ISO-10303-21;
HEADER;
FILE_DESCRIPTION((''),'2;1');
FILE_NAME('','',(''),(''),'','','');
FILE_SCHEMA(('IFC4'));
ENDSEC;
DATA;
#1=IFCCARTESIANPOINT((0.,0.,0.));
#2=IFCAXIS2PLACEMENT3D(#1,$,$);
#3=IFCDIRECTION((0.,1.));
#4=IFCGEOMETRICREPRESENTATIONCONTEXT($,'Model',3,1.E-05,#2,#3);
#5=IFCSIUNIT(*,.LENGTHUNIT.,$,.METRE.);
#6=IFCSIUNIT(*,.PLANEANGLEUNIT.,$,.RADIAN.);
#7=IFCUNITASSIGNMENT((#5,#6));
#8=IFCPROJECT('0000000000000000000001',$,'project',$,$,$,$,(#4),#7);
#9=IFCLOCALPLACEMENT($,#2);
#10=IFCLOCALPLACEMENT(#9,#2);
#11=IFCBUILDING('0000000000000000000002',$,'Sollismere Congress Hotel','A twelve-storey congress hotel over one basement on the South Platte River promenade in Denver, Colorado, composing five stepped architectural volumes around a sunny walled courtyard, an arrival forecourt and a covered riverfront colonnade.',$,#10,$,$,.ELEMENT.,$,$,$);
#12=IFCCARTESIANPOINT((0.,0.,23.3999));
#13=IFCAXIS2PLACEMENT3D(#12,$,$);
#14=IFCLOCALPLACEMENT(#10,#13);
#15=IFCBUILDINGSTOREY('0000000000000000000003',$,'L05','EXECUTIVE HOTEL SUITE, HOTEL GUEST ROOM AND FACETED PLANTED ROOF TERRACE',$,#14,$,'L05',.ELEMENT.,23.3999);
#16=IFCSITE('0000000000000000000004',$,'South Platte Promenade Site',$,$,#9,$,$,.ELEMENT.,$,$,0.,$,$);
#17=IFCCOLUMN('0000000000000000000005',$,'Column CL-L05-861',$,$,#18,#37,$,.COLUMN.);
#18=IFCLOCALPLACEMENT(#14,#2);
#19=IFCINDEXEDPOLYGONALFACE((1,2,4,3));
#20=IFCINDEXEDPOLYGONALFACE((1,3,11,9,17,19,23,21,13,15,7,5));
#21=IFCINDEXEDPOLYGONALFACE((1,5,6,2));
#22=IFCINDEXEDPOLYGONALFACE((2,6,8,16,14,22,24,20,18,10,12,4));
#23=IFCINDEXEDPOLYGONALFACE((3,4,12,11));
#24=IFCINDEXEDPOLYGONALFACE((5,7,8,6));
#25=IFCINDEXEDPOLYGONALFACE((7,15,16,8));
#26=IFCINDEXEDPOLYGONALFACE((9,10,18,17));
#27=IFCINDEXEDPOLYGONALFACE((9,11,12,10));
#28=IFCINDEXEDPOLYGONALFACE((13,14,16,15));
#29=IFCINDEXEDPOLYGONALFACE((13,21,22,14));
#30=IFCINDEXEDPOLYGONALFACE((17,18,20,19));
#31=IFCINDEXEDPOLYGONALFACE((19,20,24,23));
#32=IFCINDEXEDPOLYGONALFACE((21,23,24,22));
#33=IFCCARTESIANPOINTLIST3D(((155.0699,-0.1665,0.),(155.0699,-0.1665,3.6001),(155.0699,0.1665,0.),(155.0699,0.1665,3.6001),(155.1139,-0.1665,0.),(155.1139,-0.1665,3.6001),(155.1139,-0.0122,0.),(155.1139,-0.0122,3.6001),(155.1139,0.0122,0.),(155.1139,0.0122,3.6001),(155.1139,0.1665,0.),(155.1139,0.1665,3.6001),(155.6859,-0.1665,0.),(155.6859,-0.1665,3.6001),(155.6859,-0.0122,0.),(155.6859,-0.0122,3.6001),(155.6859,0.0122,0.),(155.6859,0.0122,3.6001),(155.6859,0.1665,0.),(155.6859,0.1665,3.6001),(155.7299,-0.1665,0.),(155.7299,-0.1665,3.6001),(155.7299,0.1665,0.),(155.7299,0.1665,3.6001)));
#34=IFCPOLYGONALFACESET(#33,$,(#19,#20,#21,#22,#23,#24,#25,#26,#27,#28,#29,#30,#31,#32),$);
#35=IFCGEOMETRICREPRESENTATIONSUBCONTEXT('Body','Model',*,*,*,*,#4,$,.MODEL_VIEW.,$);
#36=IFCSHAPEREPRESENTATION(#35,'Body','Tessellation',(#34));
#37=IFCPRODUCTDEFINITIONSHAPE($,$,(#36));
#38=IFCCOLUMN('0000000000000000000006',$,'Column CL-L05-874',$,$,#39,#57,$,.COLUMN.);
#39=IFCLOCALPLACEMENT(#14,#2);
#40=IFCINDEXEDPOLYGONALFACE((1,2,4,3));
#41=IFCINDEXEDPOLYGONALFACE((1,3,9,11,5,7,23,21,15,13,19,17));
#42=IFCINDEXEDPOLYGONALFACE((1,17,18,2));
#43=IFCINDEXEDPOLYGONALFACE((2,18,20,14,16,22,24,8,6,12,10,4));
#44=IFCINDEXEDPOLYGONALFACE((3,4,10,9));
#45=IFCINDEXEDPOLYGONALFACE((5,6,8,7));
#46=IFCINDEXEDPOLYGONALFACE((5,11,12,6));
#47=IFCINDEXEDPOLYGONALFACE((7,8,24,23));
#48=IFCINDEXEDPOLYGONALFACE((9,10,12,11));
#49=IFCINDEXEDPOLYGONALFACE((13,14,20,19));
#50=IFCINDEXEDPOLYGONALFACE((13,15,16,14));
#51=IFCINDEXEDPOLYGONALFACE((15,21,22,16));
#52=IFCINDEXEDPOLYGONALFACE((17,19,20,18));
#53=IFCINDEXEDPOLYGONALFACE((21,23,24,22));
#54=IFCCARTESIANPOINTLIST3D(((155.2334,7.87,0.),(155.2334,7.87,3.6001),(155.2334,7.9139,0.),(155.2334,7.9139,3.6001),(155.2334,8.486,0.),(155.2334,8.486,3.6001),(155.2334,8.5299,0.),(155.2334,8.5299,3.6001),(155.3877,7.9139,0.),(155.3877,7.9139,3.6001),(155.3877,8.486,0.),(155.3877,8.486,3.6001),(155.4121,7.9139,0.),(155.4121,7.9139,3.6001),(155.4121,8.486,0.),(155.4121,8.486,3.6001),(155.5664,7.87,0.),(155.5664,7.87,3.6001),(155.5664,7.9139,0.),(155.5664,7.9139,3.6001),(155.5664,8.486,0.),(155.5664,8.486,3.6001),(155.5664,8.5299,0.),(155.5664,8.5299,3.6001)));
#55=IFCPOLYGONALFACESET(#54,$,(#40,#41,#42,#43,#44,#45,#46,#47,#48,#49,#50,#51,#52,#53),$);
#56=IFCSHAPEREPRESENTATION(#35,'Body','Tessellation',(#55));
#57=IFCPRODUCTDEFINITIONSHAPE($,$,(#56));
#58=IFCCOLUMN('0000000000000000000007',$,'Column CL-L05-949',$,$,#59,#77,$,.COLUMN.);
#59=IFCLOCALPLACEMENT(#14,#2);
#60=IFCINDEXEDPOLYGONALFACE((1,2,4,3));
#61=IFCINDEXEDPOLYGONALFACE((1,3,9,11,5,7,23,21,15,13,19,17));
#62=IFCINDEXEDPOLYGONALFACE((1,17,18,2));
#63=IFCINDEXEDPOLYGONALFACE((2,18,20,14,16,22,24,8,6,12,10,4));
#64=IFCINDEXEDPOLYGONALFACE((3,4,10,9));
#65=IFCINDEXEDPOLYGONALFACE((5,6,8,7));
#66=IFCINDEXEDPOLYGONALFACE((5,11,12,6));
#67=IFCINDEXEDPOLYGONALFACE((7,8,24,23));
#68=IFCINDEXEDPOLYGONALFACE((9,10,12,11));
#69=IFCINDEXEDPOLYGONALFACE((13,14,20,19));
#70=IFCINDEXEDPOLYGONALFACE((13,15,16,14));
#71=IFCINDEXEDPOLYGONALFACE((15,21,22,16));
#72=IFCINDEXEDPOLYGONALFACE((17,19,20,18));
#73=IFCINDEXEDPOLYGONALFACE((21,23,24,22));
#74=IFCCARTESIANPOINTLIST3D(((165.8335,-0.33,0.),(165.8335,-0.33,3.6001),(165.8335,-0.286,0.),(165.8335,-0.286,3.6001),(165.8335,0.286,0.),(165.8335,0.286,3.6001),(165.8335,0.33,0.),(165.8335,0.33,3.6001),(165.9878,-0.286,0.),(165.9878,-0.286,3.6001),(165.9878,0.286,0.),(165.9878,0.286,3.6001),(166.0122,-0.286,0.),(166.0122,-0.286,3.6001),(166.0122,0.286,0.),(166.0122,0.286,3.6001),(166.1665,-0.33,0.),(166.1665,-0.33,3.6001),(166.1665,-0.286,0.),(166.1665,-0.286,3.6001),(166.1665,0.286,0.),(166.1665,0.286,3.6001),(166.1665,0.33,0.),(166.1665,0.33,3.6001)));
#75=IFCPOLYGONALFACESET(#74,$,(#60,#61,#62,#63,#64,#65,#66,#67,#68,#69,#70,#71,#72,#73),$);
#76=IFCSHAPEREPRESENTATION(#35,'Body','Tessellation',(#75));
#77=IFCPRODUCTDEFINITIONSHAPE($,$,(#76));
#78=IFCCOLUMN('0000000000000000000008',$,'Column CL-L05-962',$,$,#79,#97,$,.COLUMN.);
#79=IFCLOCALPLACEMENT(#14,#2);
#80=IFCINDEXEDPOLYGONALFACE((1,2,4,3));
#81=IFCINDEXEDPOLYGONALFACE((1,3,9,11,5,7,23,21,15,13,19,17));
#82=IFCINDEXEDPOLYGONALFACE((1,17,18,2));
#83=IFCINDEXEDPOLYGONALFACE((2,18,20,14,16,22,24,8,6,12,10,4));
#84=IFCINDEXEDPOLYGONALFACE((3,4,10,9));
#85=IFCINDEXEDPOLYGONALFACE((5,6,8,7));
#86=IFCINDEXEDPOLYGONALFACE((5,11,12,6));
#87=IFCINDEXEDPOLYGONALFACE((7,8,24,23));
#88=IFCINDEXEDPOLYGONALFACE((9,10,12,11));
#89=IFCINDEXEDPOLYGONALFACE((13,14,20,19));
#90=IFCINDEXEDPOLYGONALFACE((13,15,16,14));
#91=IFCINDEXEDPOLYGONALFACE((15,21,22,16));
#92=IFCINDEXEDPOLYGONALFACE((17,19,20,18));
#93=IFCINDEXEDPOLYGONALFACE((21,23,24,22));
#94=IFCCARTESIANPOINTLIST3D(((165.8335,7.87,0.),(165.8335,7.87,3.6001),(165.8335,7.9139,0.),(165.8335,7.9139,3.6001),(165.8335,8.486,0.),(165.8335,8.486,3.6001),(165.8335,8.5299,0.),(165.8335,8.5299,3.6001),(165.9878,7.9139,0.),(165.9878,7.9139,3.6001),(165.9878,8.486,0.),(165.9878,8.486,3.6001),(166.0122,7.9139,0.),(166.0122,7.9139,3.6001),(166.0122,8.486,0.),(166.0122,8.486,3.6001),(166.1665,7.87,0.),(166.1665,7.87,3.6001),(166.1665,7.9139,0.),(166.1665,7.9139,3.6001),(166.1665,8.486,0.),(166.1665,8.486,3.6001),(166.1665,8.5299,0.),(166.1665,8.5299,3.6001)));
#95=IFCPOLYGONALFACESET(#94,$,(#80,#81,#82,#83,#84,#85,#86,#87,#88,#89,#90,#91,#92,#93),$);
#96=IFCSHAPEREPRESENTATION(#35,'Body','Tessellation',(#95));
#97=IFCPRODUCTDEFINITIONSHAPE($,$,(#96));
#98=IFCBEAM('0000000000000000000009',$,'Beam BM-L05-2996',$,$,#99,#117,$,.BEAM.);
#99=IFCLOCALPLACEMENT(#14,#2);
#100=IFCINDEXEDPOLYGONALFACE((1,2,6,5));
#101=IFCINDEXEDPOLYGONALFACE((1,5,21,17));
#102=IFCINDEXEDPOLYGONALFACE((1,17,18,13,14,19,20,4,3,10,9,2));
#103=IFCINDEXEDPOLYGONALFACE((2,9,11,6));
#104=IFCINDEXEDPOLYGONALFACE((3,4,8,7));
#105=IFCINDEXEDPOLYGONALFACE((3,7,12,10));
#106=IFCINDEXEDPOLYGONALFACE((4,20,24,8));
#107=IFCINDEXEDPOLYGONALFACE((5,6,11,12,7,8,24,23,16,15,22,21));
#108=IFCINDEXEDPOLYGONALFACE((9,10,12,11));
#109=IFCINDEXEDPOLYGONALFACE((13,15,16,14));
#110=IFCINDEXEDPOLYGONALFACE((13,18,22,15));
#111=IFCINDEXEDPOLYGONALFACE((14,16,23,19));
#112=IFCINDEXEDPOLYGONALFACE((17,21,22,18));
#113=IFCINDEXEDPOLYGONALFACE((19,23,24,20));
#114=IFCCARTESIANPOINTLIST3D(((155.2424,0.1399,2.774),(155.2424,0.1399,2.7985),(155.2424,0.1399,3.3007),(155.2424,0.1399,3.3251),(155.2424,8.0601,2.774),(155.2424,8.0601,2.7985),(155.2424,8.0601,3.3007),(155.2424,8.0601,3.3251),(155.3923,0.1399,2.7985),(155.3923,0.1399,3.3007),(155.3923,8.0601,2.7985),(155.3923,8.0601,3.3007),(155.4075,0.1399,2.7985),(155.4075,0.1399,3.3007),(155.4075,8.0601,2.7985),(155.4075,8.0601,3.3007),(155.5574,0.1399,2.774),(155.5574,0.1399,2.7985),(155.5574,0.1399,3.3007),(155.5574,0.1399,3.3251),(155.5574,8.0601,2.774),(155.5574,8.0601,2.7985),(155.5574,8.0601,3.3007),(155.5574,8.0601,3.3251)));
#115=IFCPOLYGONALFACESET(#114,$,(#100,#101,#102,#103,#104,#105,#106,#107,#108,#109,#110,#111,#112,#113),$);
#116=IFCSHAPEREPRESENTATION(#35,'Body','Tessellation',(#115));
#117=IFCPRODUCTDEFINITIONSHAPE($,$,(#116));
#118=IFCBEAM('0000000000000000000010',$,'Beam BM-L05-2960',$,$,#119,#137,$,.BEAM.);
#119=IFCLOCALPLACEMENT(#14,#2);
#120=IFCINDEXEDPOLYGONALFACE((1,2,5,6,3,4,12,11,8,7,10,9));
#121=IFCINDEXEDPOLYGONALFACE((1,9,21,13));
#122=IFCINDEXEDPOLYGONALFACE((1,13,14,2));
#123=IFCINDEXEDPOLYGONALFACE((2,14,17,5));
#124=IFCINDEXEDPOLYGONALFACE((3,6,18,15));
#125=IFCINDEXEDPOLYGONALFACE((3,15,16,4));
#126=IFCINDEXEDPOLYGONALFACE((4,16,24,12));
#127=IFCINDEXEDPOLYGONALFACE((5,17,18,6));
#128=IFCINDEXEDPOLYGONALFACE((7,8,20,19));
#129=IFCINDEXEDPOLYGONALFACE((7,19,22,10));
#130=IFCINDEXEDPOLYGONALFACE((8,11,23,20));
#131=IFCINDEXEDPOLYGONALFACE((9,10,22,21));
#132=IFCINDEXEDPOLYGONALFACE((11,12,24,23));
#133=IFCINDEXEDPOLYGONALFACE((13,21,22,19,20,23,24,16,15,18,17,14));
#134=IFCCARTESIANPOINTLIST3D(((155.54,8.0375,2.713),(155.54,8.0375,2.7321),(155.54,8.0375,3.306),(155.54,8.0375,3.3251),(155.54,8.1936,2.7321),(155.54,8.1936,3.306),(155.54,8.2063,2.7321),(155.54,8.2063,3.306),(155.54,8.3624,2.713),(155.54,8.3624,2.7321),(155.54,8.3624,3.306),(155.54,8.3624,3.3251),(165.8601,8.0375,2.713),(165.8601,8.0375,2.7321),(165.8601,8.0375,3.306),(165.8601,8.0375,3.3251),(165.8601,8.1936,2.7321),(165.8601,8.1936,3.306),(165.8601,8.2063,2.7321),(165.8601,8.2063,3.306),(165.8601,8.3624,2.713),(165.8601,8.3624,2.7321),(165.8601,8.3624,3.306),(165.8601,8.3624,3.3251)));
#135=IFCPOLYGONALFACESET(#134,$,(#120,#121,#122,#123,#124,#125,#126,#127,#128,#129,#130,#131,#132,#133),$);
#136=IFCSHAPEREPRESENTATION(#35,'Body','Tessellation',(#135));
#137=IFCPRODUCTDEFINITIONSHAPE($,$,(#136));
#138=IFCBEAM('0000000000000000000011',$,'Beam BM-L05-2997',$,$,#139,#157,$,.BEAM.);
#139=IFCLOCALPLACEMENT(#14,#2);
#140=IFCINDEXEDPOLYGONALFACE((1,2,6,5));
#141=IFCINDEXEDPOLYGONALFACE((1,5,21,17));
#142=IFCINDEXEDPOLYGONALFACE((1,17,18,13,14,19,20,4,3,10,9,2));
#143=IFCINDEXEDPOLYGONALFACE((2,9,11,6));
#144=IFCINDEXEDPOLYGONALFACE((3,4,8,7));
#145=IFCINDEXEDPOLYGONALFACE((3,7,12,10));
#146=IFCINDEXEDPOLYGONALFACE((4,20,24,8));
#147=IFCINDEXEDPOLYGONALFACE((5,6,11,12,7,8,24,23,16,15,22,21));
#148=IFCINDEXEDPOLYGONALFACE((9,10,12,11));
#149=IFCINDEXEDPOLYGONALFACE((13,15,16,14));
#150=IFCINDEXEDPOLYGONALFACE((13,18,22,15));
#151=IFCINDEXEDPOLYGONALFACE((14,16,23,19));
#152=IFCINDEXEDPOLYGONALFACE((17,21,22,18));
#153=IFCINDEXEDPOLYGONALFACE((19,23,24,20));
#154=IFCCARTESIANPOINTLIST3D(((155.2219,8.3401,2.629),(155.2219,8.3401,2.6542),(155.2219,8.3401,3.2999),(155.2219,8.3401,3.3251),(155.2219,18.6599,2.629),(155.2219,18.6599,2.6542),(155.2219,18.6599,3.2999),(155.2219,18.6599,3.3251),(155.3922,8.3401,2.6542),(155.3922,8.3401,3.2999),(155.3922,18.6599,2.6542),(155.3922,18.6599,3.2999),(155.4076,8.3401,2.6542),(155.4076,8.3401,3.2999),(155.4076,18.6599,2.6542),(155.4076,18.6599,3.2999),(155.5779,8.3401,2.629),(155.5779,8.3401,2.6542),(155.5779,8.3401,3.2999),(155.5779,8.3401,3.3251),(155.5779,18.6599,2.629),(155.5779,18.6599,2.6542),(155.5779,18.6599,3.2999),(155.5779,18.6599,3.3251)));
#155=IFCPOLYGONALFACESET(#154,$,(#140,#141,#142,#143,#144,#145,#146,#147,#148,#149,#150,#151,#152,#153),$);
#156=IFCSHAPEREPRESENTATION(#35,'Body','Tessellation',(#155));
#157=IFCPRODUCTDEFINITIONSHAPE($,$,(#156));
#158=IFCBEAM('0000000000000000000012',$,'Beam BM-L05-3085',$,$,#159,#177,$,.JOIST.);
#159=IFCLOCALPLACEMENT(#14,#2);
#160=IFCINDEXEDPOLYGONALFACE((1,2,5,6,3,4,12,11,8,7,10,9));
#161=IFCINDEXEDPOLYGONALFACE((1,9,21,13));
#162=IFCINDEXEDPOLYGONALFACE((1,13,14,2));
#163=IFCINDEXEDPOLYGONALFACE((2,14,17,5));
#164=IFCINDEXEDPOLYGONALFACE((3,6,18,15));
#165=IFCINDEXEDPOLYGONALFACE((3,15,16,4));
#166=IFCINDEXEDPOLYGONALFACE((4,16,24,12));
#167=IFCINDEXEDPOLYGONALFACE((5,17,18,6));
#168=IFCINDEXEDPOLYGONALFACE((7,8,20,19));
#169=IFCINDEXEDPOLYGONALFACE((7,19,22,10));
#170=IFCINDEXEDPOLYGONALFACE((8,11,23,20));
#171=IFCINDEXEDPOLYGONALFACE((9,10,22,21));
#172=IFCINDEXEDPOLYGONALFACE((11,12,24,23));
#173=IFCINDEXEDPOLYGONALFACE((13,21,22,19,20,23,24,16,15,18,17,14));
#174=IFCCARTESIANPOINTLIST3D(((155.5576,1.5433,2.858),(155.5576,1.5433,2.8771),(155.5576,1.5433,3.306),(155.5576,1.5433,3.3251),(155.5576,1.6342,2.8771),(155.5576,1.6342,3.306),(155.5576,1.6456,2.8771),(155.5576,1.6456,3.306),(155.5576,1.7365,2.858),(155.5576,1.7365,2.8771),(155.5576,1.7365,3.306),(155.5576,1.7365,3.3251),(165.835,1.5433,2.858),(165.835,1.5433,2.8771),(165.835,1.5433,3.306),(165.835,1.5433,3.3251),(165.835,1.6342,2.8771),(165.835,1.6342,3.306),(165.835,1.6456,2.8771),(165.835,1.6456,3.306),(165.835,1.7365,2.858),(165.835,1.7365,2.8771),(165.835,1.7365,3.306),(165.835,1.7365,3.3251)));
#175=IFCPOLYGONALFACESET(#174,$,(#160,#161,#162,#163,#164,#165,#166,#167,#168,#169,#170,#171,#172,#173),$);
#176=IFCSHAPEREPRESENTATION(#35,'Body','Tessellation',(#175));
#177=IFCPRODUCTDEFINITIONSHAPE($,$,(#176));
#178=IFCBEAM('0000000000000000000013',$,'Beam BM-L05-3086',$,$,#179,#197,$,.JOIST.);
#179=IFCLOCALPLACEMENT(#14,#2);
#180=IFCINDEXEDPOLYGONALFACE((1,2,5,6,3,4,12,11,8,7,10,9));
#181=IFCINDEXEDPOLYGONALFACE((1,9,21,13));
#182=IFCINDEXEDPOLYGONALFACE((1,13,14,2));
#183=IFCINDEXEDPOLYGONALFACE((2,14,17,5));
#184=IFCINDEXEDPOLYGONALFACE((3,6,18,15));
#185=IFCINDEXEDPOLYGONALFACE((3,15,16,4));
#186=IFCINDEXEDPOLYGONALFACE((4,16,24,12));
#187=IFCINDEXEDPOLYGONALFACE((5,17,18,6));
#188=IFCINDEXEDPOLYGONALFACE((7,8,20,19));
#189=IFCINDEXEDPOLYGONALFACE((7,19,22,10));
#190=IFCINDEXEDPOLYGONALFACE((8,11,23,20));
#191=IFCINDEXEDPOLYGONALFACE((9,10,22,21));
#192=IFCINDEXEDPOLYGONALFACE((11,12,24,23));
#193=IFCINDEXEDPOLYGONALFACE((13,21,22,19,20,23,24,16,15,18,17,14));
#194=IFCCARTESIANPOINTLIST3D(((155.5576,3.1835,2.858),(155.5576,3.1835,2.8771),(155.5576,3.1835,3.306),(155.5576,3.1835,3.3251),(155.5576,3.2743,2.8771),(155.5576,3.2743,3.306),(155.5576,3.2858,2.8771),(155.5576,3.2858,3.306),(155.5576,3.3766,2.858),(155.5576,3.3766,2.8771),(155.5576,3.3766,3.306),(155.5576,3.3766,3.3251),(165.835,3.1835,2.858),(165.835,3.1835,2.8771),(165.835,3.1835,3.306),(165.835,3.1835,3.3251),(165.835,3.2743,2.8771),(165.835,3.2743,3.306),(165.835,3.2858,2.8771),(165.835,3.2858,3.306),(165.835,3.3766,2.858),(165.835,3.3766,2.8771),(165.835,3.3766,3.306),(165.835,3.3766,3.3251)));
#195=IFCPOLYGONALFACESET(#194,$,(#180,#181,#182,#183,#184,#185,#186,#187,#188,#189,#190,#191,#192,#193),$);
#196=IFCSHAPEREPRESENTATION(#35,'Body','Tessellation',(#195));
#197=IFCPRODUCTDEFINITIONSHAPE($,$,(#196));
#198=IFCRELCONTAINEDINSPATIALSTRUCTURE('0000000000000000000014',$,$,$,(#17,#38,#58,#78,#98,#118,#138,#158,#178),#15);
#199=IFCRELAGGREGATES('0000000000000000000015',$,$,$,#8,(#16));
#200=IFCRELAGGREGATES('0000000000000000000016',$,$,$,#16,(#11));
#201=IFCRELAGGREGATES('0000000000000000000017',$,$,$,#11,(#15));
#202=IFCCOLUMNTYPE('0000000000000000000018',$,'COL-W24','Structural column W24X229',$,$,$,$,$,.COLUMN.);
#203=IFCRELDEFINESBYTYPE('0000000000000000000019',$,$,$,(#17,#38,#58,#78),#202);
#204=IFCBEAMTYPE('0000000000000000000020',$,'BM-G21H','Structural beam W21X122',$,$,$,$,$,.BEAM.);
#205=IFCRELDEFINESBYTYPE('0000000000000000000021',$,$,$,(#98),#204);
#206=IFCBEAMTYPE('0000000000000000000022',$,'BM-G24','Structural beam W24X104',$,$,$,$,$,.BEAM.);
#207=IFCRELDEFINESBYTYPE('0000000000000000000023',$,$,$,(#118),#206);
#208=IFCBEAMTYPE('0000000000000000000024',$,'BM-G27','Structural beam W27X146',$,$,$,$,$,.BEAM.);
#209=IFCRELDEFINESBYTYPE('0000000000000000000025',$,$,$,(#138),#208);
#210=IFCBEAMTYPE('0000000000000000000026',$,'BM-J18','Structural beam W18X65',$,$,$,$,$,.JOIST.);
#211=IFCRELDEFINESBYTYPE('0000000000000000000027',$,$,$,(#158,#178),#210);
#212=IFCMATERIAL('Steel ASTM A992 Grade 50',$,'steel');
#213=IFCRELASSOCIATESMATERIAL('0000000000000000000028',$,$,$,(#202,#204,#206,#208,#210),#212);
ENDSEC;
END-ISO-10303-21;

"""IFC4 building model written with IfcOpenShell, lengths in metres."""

from ifc_helpers import new_model, si_unit, direction, frame, origin, origin_2d, place, context, subcontext, project, spatial, i_section, extrude, material, material_profile, profile_set, type_object, element, save


model = new_model("IFC4")

# Units and contexts
model_context = context("Model", 3, precision=1e-05, world=origin(), true_north=direction((0.0, 1.0)))
body_context = subcontext(model_context, "Body", "Model", "MODEL_VIEW")
ifc_project = project(units=[si_unit("LENGTHUNIT", "METRE"), si_unit("PLANEANGLEUNIT", "RADIAN")], contexts=[model_context])

# Site, building, storey
site_placement = place(None, origin())
site = spatial("IfcSite", under=ifc_project, at=site_placement, Name="South Platte Promenade Site", CompositionType="ELEMENT", RefElevation=0.0)
building_placement = place(site_placement, origin())
building = spatial("IfcBuilding", under=site, at=building_placement, Name="Sollismere Congress Hotel", Description="A twelve-storey congress hotel over one basement on the South Platte River promenade in Denver, Colorado, composing five stepped architectural volumes around a sunny walled courtyard, an arrival forecourt and a covered riverfront colonnade.", CompositionType="ELEMENT")
storey_placement = place(building_placement, frame((0.0, 0.0, 23.3999)))
storey = spatial("IfcBuildingStorey", under=building, at=storey_placement, Name="L05", Description="EXECUTIVE HOTEL SUITE, HOTEL GUEST ROOM AND FACETED PLANTED ROOF TERRACE", LongName="L05", CompositionType="ELEMENT", Elevation=23.3999)

# Columns
ifc_material_1 = material(Name="Steel ASTM A992 Grade 50", Category="steel")
ifc_material_profile_1 = material_profile(ifc_material_1, i_section(OverallWidth=0.333, OverallDepth=0.6599, WebThickness=0.0244, FlangeThickness=0.0439, at=origin_2d()), Name="W24X229")
ifc_profile_set_1 = profile_set([ifc_material_profile_1], Name="Steel ASTM A992 Grade 50")
column_type = type_object("IfcColumnType", Name="COL-W24", Description="Structural column W24X229", PredefinedType="COLUMN", material=ifc_profile_set_1)
for number, where, z_axis, x_axis, name in (
    (1, (155.3999, 0.0, 0.0), (0.0, 0.0, 1.0), (0.0, 1.0, 0.0), "Column CL-L05-861"),
    (2, (155.3999, 8.2, 0.0), (0.0, 0.0, 1.0), (1.0, 0.0, 0.0), "Column CL-L05-874"),
    (3, (166.0, 0.0, 0.0), (0.0, 0.0, 1.0), (1.0, 0.0, 0.0), "Column CL-L05-949"),
    (4, (166.0, 8.2, 0.0), (0.0, 0.0, 1.0), (1.0, 0.0, 0.0), "Column CL-L05-962"),
):
    element("IfcColumn", number, at=place(storey_placement, frame(where, z_axis=z_axis, x_axis=x_axis)), inside=storey, type_object=column_type, Name=name, PredefinedType="COLUMN", context=body_context, shape_type="SweptSolid", body=[
        extrude(i_section(OverallWidth=0.333, OverallDepth=0.6599, WebThickness=0.0244, FlangeThickness=0.0439, at=origin_2d()), origin(), (0.0, 0.0, 1.0), 3.6001),
    ])

# Beams
ifc_material_profile_2 = material_profile(ifc_material_1, i_section(OverallWidth=0.3149, OverallDepth=0.551, WebThickness=0.0151, FlangeThickness=0.0244, at=origin_2d()), Name="W21X122")
ifc_profile_set_2 = profile_set([ifc_material_profile_2], Name="Steel ASTM A992 Grade 50")
beam_type_1 = type_object("IfcBeamType", Name="BM-G21H", Description="Structural beam W21X122", PredefinedType="BEAM", material=ifc_profile_set_2)
beam_1_placement = place(storey_placement, frame((155.3999, 0.1399, 3.0496), z_axis=(0.0, 1.0, 0.0), x_axis=(-1.0, 0.0, 0.0)))
element("IfcBeam", 5, at=beam_1_placement, inside=storey, type_object=beam_type_1, Name="Beam BM-L05-2996", PredefinedType="BEAM", context=body_context, shape_type="SweptSolid", body=[
    extrude(i_section(OverallWidth=0.3149, OverallDepth=0.551, WebThickness=0.0151, FlangeThickness=0.0244, at=origin_2d()), origin(), (0.0, 0.0, 1.0), 7.9202),
])
ifc_material_profile_3 = material_profile(ifc_material_1, i_section(OverallWidth=0.325, OverallDepth=0.6121, WebThickness=0.0127, FlangeThickness=0.019, at=origin_2d()), Name="W24X104")
ifc_profile_set_3 = profile_set([ifc_material_profile_3], Name="Steel ASTM A992 Grade 50")
beam_type_2 = type_object("IfcBeamType", Name="BM-G24", Description="Structural beam W24X104", PredefinedType="BEAM", material=ifc_profile_set_3)
beam_2_placement = place(storey_placement, frame((155.54, 8.2, 3.019), z_axis=(1.0, 0.0, 0.0), x_axis=(0.0, 1.0, 0.0)))
element("IfcBeam", 6, at=beam_2_placement, inside=storey, type_object=beam_type_2, Name="Beam BM-L05-2960", PredefinedType="BEAM", context=body_context, shape_type="SweptSolid", body=[
    extrude(i_section(OverallWidth=0.325, OverallDepth=0.6121, WebThickness=0.0127, FlangeThickness=0.019, at=origin_2d()), origin(), (0.0, 0.0, 1.0), 10.3201),
])
ifc_material_profile_4 = material_profile(ifc_material_1, i_section(OverallWidth=0.356, OverallDepth=0.696, WebThickness=0.0154, FlangeThickness=0.0251, at=origin_2d()), Name="W27X146")
ifc_profile_set_4 = profile_set([ifc_material_profile_4], Name="Steel ASTM A992 Grade 50")
beam_type_3 = type_object("IfcBeamType", Name="BM-G27", Description="Structural beam W27X146", PredefinedType="BEAM", material=ifc_profile_set_4)
beam_3_placement = place(storey_placement, frame((155.3999, 8.3401, 2.9771), z_axis=(0.0, 1.0, 0.0), x_axis=(-1.0, 0.0, 0.0)))
element("IfcBeam", 7, at=beam_3_placement, inside=storey, type_object=beam_type_3, Name="Beam BM-L05-2997", PredefinedType="BEAM", context=body_context, shape_type="SweptSolid", body=[
    extrude(i_section(OverallWidth=0.356, OverallDepth=0.696, WebThickness=0.0154, FlangeThickness=0.0251, at=origin_2d()), origin(), (0.0, 0.0, 1.0), 10.3198),
])
ifc_material_profile_5 = material_profile(ifc_material_1, i_section(OverallWidth=0.1931, OverallDepth=0.467, WebThickness=0.0115, FlangeThickness=0.019, at=origin_2d()), Name="W18X65")
ifc_profile_set_5 = profile_set([ifc_material_profile_5], Name="Steel ASTM A992 Grade 50")
beam_type_4 = type_object("IfcBeamType", Name="BM-J18", Description="Structural beam W18X65", PredefinedType="JOIST", material=ifc_profile_set_5)
for number, where, z_axis, x_axis, name in (
    (8, (155.5576, 1.6399, 3.0916), (1.0, 0.0, 0.0), (0.0, 1.0, 0.0), "Beam BM-L05-3085"),
    (9, (155.5576, 3.28, 3.0916), (1.0, 0.0, 0.0), (0.0, 1.0, 0.0), "Beam BM-L05-3086"),
):
    element("IfcBeam", number, at=place(storey_placement, frame(where, z_axis=z_axis, x_axis=x_axis)), inside=storey, type_object=beam_type_4, Name=name, PredefinedType="JOIST", context=body_context, shape_type="SweptSolid", body=[
        extrude(i_section(OverallWidth=0.1931, OverallDepth=0.467, WebThickness=0.0115, FlangeThickness=0.019, at=origin_2d()), origin(), (0.0, 0.0, 1.0), 10.2773),
    ])

save(model, "model.ifc")
